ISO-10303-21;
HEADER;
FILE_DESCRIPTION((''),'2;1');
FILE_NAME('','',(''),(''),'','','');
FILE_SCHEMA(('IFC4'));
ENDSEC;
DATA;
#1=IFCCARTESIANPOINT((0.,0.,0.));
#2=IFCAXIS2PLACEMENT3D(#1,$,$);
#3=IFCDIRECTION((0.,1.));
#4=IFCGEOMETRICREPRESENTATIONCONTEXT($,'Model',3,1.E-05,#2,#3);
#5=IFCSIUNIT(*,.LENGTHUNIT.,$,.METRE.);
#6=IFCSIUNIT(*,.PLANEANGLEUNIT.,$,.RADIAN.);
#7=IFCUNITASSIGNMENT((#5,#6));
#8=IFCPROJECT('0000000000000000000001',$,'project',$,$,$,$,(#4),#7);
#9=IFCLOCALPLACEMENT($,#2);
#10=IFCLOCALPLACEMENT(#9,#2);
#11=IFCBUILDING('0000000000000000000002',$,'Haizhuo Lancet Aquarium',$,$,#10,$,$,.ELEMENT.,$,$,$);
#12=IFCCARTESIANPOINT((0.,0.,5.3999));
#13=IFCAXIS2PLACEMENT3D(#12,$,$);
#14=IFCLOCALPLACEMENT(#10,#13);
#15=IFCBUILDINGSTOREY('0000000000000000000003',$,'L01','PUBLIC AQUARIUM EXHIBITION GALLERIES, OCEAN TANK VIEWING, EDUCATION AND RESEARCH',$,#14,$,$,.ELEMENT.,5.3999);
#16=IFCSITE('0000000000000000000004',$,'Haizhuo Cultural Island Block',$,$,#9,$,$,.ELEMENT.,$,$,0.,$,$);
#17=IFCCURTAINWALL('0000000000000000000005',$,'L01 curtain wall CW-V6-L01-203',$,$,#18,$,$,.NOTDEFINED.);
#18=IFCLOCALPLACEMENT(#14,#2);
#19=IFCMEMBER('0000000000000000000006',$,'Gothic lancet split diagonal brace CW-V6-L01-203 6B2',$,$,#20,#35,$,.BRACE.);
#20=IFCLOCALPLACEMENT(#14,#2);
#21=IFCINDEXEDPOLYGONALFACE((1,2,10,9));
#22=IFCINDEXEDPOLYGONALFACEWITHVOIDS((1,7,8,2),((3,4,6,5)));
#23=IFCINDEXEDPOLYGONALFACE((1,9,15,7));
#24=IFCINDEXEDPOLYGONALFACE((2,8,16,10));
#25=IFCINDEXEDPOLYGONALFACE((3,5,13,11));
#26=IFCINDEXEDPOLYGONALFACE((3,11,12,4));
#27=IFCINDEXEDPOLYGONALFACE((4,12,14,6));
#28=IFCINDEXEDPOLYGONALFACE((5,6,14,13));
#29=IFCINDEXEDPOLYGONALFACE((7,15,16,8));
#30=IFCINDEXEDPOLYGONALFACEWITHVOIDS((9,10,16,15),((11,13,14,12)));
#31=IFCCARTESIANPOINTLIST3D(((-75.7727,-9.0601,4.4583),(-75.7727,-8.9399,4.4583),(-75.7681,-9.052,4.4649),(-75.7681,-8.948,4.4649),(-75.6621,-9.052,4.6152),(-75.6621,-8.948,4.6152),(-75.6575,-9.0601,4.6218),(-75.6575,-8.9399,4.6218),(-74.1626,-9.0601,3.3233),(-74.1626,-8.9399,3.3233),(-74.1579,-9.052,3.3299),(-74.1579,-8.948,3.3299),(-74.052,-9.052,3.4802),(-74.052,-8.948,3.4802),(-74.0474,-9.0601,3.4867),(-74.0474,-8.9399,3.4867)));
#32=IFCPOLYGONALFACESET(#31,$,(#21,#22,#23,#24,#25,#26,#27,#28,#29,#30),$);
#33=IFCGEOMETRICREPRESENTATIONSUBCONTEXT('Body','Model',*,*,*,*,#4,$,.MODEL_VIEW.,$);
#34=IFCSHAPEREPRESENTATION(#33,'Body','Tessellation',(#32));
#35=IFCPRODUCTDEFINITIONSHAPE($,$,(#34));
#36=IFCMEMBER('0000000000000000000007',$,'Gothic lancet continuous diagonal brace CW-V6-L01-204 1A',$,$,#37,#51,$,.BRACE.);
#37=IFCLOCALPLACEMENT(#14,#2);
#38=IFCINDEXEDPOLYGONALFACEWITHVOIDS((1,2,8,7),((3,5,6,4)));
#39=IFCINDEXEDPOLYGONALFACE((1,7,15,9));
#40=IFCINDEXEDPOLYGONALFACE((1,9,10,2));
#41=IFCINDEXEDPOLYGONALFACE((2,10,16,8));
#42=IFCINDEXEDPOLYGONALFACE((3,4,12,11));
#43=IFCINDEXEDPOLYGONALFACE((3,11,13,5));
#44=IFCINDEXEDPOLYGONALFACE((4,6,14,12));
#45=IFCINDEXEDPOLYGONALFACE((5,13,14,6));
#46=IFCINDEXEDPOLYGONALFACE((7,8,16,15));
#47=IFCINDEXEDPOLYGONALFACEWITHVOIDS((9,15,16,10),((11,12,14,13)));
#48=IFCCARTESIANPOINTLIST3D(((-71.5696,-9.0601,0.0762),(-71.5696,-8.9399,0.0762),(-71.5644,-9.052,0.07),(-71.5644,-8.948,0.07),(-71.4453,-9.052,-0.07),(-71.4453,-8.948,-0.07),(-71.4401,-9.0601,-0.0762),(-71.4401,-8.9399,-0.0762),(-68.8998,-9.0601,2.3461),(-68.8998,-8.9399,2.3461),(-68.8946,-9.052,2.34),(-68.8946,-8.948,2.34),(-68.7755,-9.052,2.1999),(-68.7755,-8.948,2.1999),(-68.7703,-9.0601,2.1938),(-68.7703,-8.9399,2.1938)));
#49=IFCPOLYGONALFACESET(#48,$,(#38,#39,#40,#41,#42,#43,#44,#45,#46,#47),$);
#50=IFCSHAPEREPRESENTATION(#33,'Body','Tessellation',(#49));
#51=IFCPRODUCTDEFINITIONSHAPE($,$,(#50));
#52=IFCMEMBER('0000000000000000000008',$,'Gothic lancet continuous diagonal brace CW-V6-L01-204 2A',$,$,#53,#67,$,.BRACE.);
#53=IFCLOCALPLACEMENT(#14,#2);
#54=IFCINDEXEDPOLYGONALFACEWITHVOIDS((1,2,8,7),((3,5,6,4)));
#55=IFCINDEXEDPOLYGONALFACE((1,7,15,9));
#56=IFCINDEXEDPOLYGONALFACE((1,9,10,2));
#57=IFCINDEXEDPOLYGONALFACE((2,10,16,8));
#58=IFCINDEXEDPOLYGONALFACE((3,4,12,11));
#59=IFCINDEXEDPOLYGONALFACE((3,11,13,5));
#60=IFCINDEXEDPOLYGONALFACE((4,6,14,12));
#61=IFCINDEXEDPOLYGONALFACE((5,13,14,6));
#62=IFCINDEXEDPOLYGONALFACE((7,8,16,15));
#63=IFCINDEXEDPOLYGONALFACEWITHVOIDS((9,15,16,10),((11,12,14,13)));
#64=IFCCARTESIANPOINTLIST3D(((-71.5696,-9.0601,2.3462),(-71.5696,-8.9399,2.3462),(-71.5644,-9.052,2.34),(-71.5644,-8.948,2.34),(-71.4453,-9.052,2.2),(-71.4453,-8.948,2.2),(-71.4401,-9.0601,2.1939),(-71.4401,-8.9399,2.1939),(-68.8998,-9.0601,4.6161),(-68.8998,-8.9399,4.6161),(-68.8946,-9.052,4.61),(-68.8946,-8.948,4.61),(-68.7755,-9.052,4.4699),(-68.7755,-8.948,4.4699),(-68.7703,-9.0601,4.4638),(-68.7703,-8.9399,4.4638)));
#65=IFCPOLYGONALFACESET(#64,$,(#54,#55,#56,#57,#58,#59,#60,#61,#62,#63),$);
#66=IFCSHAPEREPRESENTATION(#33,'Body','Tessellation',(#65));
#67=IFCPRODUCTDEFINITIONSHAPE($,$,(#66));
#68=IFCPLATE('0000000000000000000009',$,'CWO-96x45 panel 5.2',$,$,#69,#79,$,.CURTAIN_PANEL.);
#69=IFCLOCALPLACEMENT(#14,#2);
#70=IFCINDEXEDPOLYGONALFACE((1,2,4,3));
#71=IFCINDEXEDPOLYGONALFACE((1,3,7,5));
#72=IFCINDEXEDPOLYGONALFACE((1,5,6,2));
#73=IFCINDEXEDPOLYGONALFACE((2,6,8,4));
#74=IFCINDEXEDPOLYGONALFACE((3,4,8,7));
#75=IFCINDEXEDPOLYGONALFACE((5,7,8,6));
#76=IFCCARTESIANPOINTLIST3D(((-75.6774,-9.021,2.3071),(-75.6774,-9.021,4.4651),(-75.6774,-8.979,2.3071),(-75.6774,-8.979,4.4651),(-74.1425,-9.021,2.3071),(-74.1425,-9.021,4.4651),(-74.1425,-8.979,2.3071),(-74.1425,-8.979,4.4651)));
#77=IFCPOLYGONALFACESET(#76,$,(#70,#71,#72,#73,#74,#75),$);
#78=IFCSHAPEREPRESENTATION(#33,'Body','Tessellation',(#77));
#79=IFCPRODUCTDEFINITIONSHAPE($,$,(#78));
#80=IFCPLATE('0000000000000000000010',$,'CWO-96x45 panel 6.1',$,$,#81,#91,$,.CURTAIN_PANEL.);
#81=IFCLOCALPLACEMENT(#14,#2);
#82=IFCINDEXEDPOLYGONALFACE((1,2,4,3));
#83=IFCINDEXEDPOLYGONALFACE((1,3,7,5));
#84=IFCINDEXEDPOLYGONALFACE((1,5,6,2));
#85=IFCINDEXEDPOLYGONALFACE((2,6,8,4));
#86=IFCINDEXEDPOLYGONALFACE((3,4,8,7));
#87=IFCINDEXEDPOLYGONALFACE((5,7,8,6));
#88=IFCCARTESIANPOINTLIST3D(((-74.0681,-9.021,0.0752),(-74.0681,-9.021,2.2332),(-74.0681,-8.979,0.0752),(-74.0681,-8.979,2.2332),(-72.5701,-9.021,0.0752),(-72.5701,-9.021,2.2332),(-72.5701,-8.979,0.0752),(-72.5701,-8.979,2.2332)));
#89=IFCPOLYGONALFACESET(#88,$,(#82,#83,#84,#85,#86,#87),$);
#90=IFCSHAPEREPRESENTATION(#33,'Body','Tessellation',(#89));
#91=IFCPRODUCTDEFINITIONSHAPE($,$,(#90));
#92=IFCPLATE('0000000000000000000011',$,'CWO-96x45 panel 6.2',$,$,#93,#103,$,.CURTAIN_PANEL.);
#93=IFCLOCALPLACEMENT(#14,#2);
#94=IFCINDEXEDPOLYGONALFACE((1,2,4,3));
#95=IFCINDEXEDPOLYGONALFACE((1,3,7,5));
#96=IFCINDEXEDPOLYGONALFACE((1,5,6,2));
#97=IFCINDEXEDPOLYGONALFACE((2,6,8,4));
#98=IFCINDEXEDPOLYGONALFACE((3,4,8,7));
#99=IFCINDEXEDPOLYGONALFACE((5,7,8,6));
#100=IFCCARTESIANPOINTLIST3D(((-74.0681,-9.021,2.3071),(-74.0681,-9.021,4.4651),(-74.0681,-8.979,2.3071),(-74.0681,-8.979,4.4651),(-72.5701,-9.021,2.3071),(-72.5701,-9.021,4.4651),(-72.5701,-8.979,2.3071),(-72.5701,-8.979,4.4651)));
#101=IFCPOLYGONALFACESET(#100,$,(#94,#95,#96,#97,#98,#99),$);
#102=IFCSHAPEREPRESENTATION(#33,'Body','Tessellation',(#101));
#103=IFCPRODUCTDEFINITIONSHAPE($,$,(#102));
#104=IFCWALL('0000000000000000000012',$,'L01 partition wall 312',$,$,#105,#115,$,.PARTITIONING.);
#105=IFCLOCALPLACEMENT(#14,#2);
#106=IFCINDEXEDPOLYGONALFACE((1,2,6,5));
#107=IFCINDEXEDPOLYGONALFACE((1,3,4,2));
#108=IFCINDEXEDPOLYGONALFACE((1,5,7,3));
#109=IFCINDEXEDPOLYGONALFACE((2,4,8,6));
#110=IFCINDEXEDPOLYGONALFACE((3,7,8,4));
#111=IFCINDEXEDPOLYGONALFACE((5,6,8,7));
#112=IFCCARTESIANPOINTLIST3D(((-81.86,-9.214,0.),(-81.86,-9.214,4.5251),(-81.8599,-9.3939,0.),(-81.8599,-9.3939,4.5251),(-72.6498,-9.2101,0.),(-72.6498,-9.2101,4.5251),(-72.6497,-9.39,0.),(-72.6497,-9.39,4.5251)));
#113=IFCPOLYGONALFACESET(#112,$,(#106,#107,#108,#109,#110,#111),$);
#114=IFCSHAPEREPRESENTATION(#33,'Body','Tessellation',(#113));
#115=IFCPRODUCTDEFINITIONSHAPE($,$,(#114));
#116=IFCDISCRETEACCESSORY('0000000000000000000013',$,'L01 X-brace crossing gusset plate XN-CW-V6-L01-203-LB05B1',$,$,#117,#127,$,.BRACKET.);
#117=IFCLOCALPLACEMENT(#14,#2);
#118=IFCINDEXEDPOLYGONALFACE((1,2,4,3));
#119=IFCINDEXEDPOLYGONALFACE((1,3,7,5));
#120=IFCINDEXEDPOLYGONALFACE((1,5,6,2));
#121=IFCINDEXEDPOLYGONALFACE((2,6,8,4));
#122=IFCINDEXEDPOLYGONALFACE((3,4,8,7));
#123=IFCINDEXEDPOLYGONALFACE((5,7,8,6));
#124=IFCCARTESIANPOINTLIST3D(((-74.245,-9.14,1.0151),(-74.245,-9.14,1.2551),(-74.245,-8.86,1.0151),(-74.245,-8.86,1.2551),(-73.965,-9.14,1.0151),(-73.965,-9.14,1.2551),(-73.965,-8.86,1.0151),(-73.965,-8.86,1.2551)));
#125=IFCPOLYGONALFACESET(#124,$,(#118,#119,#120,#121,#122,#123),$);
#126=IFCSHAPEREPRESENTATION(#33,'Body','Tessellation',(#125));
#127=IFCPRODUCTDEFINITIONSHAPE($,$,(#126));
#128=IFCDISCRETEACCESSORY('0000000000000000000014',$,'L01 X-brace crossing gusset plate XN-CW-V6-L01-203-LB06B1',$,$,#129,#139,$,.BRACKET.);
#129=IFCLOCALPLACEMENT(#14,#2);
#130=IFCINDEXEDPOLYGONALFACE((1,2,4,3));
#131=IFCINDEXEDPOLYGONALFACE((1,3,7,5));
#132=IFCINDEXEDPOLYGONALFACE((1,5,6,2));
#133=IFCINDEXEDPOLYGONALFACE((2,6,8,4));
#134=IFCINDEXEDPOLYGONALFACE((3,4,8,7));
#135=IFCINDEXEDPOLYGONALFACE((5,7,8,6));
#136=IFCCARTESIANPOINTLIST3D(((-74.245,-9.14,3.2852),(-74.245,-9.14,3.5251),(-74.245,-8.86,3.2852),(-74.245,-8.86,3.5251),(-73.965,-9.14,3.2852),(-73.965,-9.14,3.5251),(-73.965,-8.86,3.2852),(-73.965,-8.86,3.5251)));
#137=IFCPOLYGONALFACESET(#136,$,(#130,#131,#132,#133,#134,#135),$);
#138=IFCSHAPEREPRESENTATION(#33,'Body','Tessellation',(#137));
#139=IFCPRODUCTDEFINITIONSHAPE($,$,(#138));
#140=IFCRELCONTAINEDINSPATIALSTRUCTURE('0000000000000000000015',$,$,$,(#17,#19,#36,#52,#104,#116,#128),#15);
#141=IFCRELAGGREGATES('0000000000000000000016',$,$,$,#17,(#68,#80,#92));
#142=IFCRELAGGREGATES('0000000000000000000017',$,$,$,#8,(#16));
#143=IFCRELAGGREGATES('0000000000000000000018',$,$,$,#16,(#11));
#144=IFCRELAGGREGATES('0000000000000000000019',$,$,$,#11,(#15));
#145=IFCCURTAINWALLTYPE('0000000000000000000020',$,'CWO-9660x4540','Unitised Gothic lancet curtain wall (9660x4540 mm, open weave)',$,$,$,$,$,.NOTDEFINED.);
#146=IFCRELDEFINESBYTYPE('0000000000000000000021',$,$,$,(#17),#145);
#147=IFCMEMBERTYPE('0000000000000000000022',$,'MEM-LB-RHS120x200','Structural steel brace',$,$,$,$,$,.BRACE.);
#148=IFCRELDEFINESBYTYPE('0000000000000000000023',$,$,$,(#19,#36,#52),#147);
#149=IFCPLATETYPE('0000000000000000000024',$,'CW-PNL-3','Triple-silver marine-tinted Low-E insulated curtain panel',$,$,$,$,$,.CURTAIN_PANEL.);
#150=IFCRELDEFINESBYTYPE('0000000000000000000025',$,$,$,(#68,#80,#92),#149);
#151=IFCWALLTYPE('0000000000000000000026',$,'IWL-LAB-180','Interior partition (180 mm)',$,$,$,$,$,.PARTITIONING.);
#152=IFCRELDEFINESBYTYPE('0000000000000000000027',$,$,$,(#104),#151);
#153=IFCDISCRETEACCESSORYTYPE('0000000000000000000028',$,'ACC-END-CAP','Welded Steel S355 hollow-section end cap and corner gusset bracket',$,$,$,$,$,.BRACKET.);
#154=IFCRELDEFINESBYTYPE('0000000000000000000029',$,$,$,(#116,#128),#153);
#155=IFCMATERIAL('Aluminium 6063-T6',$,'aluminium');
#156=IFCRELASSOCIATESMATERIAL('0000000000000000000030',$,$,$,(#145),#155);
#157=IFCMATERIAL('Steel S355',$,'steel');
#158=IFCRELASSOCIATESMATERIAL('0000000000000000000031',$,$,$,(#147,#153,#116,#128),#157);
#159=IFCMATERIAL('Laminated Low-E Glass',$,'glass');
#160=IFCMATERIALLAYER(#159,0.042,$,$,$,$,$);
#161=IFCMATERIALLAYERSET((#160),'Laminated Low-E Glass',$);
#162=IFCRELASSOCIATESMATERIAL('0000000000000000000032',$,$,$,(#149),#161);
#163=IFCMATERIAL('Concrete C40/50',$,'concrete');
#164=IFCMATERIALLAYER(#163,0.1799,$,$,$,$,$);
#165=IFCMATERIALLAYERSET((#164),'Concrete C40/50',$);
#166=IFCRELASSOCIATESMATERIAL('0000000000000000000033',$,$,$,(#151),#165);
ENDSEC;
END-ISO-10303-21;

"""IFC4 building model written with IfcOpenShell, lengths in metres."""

from ifc_helpers import new_model, si_unit, direction, frame, frame_2d, origin, origin_2d, place, context, subcontext, project, spatial, rectangle, hollow_rectangle, extrude, material, layer, layer_set, material_profile, profile_set, type_object, element, aggregate, save


model = new_model("IFC4")

# Units and contexts
model_context = context("Model", 3, precision=1e-05, world=origin(), true_north=direction((0.0, 1.0)))
body_context = subcontext(model_context, "Body", "Model", "MODEL_VIEW")
ifc_project = project(units=[si_unit("LENGTHUNIT", "METRE"), si_unit("PLANEANGLEUNIT", "RADIAN")], contexts=[model_context])

# Site, building, storey
site_placement = place(None, origin())
site = spatial("IfcSite", under=ifc_project, at=site_placement, Name="Haizhuo Cultural Island Block", CompositionType="ELEMENT", RefElevation=0.0)
building_placement = place(site_placement, origin())
building = spatial("IfcBuilding", under=site, at=building_placement, Name="Haizhuo Lancet Aquarium", CompositionType="ELEMENT")
storey_placement = place(building_placement, frame((0.0, 0.0, 5.3999)))
storey = spatial("IfcBuildingStorey", under=building, at=storey_placement, Name="L01", Description="PUBLIC AQUARIUM EXHIBITION GALLERIES, OCEAN TANK VIEWING, EDUCATION AND RESEARCH", CompositionType="ELEMENT", Elevation=5.3999)

# Shared definitions
ifc_material_1 = material(Name="Concrete C40/50", Category="concrete")

# Shared definitions
ifc_material_2 = material(Name="Steel S355", Category="steel")

# Curtain wall
ifc_material_3 = material(Name="Aluminium 6063-T6", Category="aluminium")
curtain_wall_type_1 = type_object("IfcCurtainWallType", Name="CWO-9660x4540", Description="Unitised Gothic lancet curtain wall (9660x4540 mm, open weave)", PredefinedType="NOTDEFINED", material=ifc_material_3)
curtain_wall_1_placement = place(storey_placement, origin())
curtain_wall_1 = element("IfcCurtainWall", 1, at=curtain_wall_1_placement, inside=storey, type_object=curtain_wall_type_1, Name="L01 curtain wall CW-V6-L01-203", PredefinedType="NOTDEFINED")

# Members
ifc_material_profile_1 = material_profile(ifc_material_2, hollow_rectangle(XDim=0.1201, YDim=0.2, WallThickness=0.0081, at=origin_2d()), Name="RHS 120x200x8")
ifc_profile_set_1 = profile_set([ifc_material_profile_1], Name="Steel S355")
member_type_1 = type_object("IfcMemberType", Name="MEM-LB-RHS120x200", Description="Structural steel brace", PredefinedType="BRACE", material=ifc_profile_set_1)
member_1_placement = place(storey_placement, frame((-74.105, -9.0, 3.405), z_axis=(-0.817335, 0.0, 0.576162), x_axis=(0.0, -1.0, 0.0)))
element("IfcMember", 2, at=member_1_placement, inside=storey, type_object=member_type_1, Name="Gothic lancet split diagonal brace CW-V6-L01-203 6B2", PredefinedType="BRACE", context=body_context, shape_type="SweptSolid", body=[
    extrude(hollow_rectangle(XDim=0.1201, YDim=0.2, WallThickness=0.0081, at=origin_2d()), origin(), (0.0, 0.0, 1.0), 1.97),
])
for number, where, z_axis, x_axis, name in (
    (3, (-71.5049, -9.0, 0.0), (0.761857, 0.0, 0.647745), (0.0, 1.0, 0.0), "Gothic lancet continuous diagonal brace CW-V6-L01-204 1A"),
    (4, (-71.5049, -9.0, 2.27), (0.761857, 0.0, 0.647745), (0.0, 1.0, 0.0), "Gothic lancet continuous diagonal brace CW-V6-L01-204 2A"),
):
    element("IfcMember", number, at=place(storey_placement, frame(where, z_axis=z_axis, x_axis=x_axis)), inside=storey, type_object=member_type_1, Name=name, PredefinedType="BRACE", context=body_context, shape_type="SweptSolid", body=[
        extrude(hollow_rectangle(XDim=0.1201, YDim=0.2, WallThickness=0.0081, at=origin_2d()), origin(), (0.0, 0.0, 1.0), 3.5044),
    ])

# Plates
ifc_material_4 = material(Name="Laminated Low-E Glass", Category="glass")
ifc_layer_1 = layer(ifc_material_4, 0.042)
ifc_layer_set_1 = layer_set([ifc_layer_1], Name="Laminated Low-E Glass")
plate_type = type_object("IfcPlateType", Name="CW-PNL-3", Description="Triple-silver marine-tinted Low-E insulated curtain panel", PredefinedType="CURTAIN_PANEL", material=ifc_layer_set_1)
plate_1_placement = place(storey_placement, frame((-74.9099, -9.0, 2.3071), z_axis=(0.0, 0.0, 1.0), x_axis=(1.0, 0.0, 0.0)))
plate_1 = element("IfcPlate", 5, at=plate_1_placement, type_object=plate_type, Name="CWO-96x45 panel 5.2", PredefinedType="CURTAIN_PANEL", context=body_context, shape_type="SweptSolid", body=[
    extrude(rectangle(XDim=1.5349, YDim=0.042, at=origin_2d()), origin(), (0.0, 0.0, 1.0), 2.158),
])
plate_2_placement = place(storey_placement, frame((-73.3191, -9.0, 0.0752), z_axis=(0.0, 0.0, 1.0), x_axis=(1.0, 0.0, 0.0)))
plate_2 = element("IfcPlate", 6, at=plate_2_placement, type_object=plate_type, Name="CWO-96x45 panel 6.1", PredefinedType="CURTAIN_PANEL", context=body_context, shape_type="SweptSolid", body=[
    extrude(rectangle(XDim=1.498, YDim=0.042, at=origin_2d()), origin(), (0.0, 0.0, 1.0), 2.158),
])
plate_3_placement = place(storey_placement, frame((-73.3191, -9.0, 2.3071), z_axis=(0.0, 0.0, 1.0), x_axis=(1.0, 0.0, 0.0)))
plate_3 = element("IfcPlate", 7, at=plate_3_placement, type_object=plate_type, Name="CWO-96x45 panel 6.2", PredefinedType="CURTAIN_PANEL", context=body_context, shape_type="SweptSolid", body=[
    extrude(rectangle(XDim=1.498, YDim=0.042, at=origin_2d()), origin(), (0.0, 0.0, 1.0), 2.158),
])
aggregate(curtain_wall_1, [plate_1, plate_2, plate_3])

# Wall
ifc_layer_2 = layer(ifc_material_1, 0.1799)
ifc_layer_set_2 = layer_set([ifc_layer_2], Name="Concrete C40/50")
wall_type = type_object("IfcWallType", Name="IWL-LAB-180", Description="Interior partition (180 mm)", PredefinedType="PARTITIONING", material=ifc_layer_set_2)
wall_placement = place(storey_placement, frame((-72.6499, -9.3, 0.0), z_axis=(0.0, 0.0, 1.0), x_axis=(-1.0, -0.000424, 0.0)))
element("IfcWall", 8, at=wall_placement, inside=storey, type_object=wall_type, Name="L01 partition wall 312", PredefinedType="PARTITIONING", context=body_context, shape_type="SweptSolid", body=[
    extrude(rectangle(XDim=9.2102, YDim=0.1799, at=frame_2d((4.605, 0.0))), origin(), (0.0, 0.0, 1.0), 4.5251),
])

# Discrete accessories
discrete_accessory_type = type_object("IfcDiscreteAccessoryType", Name="ACC-END-CAP", Description="Welded Steel S355 hollow-section end cap and corner gusset bracket", PredefinedType="BRACKET", material=ifc_material_2)
for number, where, z_axis, x_axis, name in (
    (9, (-74.105, -9.0, 1.0151), (0.0, 0.0, 1.0), (1.0, 0.0, 0.0), "L01 X-brace crossing gusset plate XN-CW-V6-L01-203-LB05B1"),
    (10, (-74.105, -9.0, 3.2852), (0.0, 0.0, 1.0), (1.0, 0.0, 0.0), "L01 X-brace crossing gusset plate XN-CW-V6-L01-203-LB06B1"),
):
    element("IfcDiscreteAccessory", number, at=place(storey_placement, frame(where, z_axis=z_axis, x_axis=x_axis)), inside=storey, type_object=discrete_accessory_type, material=ifc_material_2, Name=name, PredefinedType="BRACKET", context=body_context, shape_type="SweptSolid", body=[
        extrude(rectangle(XDim=0.28, YDim=0.28, at=origin_2d()), origin(), (0.0, 0.0, 1.0), 0.24),
    ])

save(model, "model.ifc")
